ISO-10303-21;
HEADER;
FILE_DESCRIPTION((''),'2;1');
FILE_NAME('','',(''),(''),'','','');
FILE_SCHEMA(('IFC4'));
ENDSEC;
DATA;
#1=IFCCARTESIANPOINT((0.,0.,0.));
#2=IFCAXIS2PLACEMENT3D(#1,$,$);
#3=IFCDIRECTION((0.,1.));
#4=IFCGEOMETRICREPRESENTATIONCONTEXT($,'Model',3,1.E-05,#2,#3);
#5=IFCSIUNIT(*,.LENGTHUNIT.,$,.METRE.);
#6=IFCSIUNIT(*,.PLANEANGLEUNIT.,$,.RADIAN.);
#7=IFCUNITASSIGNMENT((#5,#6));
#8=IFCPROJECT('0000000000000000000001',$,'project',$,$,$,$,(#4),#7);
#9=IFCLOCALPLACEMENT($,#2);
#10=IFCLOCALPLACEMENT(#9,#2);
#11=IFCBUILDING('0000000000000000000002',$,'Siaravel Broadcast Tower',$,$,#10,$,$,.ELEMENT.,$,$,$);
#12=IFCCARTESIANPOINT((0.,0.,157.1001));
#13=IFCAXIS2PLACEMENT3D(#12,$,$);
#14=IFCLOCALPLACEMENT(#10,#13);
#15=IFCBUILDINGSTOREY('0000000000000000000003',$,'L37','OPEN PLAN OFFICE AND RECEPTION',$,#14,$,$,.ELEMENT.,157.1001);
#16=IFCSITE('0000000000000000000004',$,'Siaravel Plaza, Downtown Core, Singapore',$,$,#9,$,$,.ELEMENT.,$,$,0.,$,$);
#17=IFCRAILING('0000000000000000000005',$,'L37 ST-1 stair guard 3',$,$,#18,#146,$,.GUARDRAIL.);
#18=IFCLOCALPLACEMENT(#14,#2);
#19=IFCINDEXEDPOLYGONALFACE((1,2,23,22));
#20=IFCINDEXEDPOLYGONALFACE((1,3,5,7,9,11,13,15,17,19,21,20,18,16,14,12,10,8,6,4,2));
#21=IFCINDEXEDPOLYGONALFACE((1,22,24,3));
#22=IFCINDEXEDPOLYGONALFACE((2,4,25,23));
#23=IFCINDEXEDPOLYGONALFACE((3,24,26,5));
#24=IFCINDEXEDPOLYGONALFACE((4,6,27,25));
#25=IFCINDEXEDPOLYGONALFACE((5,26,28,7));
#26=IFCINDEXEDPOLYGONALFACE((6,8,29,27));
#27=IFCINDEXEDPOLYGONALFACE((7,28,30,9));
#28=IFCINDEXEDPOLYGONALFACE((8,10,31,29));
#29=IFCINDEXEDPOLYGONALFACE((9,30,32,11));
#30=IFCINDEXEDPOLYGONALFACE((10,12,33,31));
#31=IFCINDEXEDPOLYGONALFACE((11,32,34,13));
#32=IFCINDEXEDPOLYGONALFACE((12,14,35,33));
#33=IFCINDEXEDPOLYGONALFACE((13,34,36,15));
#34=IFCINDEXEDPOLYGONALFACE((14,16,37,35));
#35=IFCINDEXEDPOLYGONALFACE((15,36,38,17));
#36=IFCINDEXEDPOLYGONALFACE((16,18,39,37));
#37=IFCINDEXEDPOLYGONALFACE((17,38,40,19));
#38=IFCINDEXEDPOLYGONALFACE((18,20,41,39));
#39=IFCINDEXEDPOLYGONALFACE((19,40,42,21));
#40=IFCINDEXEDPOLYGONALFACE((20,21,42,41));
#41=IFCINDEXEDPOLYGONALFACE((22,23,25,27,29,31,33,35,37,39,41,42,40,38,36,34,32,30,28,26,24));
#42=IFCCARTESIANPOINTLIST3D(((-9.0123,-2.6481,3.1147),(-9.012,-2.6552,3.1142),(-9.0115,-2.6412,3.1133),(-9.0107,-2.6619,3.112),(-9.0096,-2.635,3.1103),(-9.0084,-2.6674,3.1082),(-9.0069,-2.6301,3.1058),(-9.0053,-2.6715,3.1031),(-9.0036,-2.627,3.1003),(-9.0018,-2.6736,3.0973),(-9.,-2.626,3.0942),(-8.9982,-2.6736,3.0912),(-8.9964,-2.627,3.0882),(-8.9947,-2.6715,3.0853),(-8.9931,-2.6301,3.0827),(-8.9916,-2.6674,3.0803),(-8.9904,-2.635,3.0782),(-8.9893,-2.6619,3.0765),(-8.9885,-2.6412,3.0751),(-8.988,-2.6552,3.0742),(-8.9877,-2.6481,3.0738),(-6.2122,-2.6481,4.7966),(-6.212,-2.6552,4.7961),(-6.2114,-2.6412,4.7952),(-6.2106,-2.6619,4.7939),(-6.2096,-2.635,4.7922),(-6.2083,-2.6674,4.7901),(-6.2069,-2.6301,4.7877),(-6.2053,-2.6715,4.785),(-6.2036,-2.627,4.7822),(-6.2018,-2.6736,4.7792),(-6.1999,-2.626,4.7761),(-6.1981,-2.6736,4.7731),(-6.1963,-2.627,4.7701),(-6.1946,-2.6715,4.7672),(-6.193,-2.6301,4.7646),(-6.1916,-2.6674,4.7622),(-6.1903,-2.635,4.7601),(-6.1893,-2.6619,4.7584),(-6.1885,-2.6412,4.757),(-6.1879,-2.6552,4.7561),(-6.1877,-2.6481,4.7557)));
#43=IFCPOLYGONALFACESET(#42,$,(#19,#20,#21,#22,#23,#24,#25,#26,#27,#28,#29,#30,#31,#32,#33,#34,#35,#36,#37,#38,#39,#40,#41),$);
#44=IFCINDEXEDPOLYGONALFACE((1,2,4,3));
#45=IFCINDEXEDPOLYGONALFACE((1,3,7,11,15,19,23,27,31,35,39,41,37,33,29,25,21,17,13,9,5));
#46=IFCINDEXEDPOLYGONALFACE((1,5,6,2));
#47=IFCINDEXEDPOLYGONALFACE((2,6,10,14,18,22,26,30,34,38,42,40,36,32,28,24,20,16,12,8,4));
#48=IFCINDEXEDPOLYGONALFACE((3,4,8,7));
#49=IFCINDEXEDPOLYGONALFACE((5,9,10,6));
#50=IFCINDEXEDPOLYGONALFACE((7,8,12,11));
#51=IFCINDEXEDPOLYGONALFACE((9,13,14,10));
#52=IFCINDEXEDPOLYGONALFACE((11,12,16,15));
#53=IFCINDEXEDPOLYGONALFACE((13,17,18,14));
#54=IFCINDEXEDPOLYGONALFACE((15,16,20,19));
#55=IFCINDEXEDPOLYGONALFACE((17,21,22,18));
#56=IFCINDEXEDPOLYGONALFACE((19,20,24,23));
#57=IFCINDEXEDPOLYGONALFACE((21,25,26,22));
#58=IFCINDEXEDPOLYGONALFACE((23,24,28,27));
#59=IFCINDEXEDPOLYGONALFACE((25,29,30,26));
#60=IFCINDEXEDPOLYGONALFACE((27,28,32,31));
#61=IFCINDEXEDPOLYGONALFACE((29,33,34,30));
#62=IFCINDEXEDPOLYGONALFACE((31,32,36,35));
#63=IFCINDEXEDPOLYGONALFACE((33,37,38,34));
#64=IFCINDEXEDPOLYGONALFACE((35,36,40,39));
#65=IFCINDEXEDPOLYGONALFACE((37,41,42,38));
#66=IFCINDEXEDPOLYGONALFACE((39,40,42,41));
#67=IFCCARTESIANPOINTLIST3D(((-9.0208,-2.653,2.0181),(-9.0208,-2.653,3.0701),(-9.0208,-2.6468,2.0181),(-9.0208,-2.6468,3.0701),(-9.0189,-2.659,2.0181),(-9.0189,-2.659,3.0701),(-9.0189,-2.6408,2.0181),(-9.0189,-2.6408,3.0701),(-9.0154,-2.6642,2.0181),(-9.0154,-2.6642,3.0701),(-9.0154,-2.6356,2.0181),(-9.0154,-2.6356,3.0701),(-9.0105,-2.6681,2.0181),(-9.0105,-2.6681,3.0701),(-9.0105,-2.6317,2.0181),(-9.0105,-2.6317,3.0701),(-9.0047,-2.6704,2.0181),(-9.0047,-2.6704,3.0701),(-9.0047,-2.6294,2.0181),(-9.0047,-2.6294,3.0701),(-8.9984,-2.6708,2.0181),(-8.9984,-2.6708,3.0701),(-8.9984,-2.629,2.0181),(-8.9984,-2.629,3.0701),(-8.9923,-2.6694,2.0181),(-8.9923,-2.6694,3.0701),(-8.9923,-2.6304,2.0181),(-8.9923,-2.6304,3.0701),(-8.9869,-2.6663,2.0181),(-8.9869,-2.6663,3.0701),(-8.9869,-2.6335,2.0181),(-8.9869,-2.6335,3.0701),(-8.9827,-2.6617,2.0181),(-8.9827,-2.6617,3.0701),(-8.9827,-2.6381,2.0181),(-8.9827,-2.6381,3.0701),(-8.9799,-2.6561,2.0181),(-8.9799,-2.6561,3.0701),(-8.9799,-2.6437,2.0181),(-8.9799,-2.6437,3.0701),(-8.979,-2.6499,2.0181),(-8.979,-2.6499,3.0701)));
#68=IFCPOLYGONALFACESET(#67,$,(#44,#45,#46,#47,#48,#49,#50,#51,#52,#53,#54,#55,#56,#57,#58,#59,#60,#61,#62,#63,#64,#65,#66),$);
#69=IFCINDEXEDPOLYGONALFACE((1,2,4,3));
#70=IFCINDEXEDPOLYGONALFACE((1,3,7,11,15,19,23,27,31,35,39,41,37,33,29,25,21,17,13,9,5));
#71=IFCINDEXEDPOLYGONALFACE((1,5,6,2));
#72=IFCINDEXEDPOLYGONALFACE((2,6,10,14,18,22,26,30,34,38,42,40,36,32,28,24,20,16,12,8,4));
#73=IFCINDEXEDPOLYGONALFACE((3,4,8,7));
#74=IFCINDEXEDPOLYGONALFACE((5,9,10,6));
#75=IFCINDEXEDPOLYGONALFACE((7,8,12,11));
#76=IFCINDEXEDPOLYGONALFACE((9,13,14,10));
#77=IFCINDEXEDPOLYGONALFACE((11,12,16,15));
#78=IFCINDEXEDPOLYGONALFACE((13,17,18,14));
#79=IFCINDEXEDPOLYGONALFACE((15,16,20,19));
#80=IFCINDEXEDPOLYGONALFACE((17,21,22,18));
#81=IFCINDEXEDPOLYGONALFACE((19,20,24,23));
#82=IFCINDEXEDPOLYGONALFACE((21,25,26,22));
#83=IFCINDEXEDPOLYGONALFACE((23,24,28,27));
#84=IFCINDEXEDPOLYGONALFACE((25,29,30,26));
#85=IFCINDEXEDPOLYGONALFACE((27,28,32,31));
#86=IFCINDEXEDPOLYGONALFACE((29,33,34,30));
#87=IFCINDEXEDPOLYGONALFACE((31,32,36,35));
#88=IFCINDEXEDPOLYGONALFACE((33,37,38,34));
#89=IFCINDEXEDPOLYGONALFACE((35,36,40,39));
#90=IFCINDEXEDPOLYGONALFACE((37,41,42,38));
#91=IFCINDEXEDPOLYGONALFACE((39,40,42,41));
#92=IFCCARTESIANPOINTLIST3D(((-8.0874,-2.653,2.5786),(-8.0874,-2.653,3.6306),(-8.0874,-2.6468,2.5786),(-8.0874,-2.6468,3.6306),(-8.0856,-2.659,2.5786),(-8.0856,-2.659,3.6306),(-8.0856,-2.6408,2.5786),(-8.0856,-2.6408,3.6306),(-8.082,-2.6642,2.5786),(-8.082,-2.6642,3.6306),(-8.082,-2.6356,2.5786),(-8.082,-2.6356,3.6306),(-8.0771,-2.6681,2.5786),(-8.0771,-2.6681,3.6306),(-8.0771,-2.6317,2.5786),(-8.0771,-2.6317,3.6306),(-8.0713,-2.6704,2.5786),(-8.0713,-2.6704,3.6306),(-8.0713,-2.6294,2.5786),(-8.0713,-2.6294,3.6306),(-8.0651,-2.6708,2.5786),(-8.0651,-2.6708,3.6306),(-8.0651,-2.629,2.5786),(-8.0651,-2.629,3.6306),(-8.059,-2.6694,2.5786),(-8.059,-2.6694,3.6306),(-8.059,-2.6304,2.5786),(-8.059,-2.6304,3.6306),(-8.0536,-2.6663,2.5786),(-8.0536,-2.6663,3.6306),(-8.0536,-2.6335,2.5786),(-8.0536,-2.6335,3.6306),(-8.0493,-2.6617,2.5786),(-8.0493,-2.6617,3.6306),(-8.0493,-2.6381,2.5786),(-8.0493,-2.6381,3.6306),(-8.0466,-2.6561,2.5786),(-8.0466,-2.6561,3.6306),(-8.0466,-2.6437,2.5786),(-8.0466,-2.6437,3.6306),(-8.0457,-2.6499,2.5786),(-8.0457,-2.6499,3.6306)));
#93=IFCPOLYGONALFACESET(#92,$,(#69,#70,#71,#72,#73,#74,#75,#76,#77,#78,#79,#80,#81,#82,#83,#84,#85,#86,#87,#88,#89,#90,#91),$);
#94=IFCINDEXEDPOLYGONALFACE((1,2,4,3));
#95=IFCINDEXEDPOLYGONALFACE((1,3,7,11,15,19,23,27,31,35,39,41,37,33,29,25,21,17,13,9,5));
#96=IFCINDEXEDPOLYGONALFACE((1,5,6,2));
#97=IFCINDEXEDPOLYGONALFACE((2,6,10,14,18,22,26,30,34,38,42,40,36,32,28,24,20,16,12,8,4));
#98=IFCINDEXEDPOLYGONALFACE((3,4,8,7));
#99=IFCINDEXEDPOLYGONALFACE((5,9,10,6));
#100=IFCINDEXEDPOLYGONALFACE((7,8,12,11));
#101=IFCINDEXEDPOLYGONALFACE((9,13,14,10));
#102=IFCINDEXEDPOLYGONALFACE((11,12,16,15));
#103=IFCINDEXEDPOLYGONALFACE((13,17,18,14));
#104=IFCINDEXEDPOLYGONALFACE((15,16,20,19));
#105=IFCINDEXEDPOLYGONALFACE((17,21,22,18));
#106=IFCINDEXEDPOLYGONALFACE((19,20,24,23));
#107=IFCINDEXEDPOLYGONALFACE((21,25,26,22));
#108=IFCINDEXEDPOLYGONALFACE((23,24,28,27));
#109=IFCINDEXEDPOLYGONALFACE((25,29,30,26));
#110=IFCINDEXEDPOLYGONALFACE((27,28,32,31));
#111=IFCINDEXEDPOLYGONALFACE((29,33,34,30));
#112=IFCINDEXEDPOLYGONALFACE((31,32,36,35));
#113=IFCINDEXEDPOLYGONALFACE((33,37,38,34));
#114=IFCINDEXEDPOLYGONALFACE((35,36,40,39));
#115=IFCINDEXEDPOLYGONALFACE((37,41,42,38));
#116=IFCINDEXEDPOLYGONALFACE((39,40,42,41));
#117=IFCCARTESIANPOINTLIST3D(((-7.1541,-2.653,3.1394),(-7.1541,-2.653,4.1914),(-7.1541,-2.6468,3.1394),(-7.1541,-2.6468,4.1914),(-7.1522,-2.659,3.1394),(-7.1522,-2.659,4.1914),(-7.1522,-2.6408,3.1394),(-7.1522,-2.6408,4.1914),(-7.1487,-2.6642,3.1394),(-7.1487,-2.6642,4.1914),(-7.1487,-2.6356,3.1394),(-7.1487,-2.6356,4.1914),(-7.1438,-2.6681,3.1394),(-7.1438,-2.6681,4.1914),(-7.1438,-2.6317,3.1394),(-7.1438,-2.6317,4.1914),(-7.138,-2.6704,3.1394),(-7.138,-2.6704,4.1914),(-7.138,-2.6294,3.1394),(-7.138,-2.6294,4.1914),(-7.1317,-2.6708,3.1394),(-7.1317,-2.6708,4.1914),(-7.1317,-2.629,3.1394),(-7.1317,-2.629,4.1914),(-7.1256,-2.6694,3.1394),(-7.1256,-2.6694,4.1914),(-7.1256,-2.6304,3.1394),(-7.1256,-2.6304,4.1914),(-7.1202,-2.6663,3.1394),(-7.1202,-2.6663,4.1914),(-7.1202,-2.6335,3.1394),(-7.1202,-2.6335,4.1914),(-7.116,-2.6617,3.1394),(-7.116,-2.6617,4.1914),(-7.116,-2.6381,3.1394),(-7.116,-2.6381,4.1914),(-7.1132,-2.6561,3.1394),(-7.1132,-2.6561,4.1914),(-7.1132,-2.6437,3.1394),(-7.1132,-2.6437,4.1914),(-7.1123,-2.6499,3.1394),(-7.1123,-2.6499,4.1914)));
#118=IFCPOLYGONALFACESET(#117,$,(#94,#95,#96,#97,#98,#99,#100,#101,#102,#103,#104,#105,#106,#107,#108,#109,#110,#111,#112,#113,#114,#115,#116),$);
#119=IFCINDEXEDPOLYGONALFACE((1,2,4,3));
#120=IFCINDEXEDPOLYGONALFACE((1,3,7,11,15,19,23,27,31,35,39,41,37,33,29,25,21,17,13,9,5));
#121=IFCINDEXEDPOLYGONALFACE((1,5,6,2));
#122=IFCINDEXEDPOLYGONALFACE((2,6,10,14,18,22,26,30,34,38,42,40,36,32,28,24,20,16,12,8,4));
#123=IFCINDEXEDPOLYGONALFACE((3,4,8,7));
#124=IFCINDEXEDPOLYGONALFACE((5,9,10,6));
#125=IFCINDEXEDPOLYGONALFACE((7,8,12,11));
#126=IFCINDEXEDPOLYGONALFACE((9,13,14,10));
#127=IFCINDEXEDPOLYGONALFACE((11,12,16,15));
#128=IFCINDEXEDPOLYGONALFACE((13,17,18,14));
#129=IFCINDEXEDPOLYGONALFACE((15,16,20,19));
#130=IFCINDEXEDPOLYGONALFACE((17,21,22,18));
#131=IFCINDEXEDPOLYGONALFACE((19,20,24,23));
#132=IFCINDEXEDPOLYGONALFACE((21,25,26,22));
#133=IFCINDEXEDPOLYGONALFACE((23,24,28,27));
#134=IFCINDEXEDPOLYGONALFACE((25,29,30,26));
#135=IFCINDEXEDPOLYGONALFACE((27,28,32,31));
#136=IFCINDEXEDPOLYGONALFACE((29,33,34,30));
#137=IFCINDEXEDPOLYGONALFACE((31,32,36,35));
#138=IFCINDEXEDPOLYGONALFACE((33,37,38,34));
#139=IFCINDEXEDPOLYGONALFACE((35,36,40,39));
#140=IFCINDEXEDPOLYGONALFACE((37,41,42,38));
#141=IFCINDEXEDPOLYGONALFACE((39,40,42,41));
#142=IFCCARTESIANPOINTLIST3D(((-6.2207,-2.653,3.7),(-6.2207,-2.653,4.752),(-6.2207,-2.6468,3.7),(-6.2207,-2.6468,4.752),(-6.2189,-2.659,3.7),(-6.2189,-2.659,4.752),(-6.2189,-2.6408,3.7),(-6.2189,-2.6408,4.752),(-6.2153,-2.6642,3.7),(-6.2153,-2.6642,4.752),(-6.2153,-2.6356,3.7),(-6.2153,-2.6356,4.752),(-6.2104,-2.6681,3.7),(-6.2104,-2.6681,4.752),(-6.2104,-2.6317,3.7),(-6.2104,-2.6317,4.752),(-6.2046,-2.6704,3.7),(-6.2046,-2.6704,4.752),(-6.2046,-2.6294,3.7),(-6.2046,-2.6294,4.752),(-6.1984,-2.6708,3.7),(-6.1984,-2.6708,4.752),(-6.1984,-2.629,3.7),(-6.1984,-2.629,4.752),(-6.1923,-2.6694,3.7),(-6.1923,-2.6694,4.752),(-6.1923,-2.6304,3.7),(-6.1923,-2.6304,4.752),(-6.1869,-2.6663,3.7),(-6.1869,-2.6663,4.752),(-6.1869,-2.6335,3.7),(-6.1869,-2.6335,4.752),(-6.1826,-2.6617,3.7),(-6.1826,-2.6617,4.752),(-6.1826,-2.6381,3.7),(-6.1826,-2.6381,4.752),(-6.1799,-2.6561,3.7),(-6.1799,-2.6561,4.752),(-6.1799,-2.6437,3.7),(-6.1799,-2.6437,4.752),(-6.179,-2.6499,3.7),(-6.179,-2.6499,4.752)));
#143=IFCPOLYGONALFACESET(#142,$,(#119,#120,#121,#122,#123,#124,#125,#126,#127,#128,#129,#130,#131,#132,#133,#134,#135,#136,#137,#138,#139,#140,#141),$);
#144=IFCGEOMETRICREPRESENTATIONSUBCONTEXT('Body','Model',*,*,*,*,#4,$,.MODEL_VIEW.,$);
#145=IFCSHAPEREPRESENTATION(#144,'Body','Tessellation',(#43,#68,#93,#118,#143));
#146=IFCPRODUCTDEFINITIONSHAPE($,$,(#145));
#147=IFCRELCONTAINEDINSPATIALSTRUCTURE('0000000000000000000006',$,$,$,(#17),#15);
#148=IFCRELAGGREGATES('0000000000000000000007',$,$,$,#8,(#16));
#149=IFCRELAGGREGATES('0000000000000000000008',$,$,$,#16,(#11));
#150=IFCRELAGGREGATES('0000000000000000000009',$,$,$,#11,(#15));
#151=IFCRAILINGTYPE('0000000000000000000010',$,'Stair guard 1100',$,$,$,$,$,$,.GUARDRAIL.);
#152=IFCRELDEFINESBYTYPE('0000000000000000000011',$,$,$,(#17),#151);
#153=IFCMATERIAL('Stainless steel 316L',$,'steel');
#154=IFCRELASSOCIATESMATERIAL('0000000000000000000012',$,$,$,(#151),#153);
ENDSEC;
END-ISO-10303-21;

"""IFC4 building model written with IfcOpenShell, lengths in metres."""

from ifc_helpers import new_model, si_unit, direction, frame, origin, origin_2d, place, context, subcontext, project, spatial, circle, extrude, material, type_object, element, save


model = new_model("IFC4")

# Units and contexts
model_context = context("Model", 3, precision=1e-05, world=origin(), true_north=direction((0.0, 1.0)))
body_context = subcontext(model_context, "Body", "Model", "MODEL_VIEW")
ifc_project = project(units=[si_unit("LENGTHUNIT", "METRE"), si_unit("PLANEANGLEUNIT", "RADIAN")], contexts=[model_context])

# Site, building, storey
site_placement = place(None, origin())
site = spatial("IfcSite", under=ifc_project, at=site_placement, Name="Siaravel Plaza, Downtown Core, Singapore", CompositionType="ELEMENT", RefElevation=0.0)
building_placement = place(site_placement, origin())
building = spatial("IfcBuilding", under=site, at=building_placement, Name="Siaravel Broadcast Tower", CompositionType="ELEMENT")
storey_placement = place(building_placement, frame((0.0, 0.0, 157.1001)))
storey = spatial("IfcBuildingStorey", under=building, at=storey_placement, Name="L37", Description="OPEN PLAN OFFICE AND RECEPTION", CompositionType="ELEMENT", Elevation=157.1001)

# Shared definitions
ifc_material_1 = material(Name="Stainless steel 316L", Category="steel")

# Railing
railing_type_1 = type_object("IfcRailingType", Name="Stair guard 1100", PredefinedType="GUARDRAIL", material=ifc_material_1)
railing_1_placement = place(storey_placement, frame((-9.0, -2.6499, 2.0181)))
element("IfcRailing", 1, at=railing_1_placement, inside=storey, type_object=railing_type_1, Name="L37 ST-1 stair guard 3", PredefinedType="GUARDRAIL", context=body_context, shape_type="SweptSolid", body=[
    extrude(circle(Radius=0.0239, at=origin_2d()), frame((0.0, 0.0, 1.0762), z_axis=(0.857242, 0.0, 0.514913), x_axis=(0.0, 1.0, 0.0)), (0.0, 0.0, 1.0), 3.2664),
    extrude(circle(Radius=0.021, at=origin_2d()), origin(), (0.0, 0.0, 1.0), 1.052),
    extrude(circle(Radius=0.021, at=origin_2d()), frame((0.9333, 0.0, 0.5605)), (0.0, 0.0, 1.0), 1.052),
    extrude(circle(Radius=0.021, at=origin_2d()), frame((1.8667, 0.0, 1.1213)), (0.0, 0.0, 1.0), 1.052),
    extrude(circle(Radius=0.021, at=origin_2d()), frame((2.8, 0.0, 1.6819)), (0.0, 0.0, 1.0), 1.052),
])

save(model, "model.ifc")
